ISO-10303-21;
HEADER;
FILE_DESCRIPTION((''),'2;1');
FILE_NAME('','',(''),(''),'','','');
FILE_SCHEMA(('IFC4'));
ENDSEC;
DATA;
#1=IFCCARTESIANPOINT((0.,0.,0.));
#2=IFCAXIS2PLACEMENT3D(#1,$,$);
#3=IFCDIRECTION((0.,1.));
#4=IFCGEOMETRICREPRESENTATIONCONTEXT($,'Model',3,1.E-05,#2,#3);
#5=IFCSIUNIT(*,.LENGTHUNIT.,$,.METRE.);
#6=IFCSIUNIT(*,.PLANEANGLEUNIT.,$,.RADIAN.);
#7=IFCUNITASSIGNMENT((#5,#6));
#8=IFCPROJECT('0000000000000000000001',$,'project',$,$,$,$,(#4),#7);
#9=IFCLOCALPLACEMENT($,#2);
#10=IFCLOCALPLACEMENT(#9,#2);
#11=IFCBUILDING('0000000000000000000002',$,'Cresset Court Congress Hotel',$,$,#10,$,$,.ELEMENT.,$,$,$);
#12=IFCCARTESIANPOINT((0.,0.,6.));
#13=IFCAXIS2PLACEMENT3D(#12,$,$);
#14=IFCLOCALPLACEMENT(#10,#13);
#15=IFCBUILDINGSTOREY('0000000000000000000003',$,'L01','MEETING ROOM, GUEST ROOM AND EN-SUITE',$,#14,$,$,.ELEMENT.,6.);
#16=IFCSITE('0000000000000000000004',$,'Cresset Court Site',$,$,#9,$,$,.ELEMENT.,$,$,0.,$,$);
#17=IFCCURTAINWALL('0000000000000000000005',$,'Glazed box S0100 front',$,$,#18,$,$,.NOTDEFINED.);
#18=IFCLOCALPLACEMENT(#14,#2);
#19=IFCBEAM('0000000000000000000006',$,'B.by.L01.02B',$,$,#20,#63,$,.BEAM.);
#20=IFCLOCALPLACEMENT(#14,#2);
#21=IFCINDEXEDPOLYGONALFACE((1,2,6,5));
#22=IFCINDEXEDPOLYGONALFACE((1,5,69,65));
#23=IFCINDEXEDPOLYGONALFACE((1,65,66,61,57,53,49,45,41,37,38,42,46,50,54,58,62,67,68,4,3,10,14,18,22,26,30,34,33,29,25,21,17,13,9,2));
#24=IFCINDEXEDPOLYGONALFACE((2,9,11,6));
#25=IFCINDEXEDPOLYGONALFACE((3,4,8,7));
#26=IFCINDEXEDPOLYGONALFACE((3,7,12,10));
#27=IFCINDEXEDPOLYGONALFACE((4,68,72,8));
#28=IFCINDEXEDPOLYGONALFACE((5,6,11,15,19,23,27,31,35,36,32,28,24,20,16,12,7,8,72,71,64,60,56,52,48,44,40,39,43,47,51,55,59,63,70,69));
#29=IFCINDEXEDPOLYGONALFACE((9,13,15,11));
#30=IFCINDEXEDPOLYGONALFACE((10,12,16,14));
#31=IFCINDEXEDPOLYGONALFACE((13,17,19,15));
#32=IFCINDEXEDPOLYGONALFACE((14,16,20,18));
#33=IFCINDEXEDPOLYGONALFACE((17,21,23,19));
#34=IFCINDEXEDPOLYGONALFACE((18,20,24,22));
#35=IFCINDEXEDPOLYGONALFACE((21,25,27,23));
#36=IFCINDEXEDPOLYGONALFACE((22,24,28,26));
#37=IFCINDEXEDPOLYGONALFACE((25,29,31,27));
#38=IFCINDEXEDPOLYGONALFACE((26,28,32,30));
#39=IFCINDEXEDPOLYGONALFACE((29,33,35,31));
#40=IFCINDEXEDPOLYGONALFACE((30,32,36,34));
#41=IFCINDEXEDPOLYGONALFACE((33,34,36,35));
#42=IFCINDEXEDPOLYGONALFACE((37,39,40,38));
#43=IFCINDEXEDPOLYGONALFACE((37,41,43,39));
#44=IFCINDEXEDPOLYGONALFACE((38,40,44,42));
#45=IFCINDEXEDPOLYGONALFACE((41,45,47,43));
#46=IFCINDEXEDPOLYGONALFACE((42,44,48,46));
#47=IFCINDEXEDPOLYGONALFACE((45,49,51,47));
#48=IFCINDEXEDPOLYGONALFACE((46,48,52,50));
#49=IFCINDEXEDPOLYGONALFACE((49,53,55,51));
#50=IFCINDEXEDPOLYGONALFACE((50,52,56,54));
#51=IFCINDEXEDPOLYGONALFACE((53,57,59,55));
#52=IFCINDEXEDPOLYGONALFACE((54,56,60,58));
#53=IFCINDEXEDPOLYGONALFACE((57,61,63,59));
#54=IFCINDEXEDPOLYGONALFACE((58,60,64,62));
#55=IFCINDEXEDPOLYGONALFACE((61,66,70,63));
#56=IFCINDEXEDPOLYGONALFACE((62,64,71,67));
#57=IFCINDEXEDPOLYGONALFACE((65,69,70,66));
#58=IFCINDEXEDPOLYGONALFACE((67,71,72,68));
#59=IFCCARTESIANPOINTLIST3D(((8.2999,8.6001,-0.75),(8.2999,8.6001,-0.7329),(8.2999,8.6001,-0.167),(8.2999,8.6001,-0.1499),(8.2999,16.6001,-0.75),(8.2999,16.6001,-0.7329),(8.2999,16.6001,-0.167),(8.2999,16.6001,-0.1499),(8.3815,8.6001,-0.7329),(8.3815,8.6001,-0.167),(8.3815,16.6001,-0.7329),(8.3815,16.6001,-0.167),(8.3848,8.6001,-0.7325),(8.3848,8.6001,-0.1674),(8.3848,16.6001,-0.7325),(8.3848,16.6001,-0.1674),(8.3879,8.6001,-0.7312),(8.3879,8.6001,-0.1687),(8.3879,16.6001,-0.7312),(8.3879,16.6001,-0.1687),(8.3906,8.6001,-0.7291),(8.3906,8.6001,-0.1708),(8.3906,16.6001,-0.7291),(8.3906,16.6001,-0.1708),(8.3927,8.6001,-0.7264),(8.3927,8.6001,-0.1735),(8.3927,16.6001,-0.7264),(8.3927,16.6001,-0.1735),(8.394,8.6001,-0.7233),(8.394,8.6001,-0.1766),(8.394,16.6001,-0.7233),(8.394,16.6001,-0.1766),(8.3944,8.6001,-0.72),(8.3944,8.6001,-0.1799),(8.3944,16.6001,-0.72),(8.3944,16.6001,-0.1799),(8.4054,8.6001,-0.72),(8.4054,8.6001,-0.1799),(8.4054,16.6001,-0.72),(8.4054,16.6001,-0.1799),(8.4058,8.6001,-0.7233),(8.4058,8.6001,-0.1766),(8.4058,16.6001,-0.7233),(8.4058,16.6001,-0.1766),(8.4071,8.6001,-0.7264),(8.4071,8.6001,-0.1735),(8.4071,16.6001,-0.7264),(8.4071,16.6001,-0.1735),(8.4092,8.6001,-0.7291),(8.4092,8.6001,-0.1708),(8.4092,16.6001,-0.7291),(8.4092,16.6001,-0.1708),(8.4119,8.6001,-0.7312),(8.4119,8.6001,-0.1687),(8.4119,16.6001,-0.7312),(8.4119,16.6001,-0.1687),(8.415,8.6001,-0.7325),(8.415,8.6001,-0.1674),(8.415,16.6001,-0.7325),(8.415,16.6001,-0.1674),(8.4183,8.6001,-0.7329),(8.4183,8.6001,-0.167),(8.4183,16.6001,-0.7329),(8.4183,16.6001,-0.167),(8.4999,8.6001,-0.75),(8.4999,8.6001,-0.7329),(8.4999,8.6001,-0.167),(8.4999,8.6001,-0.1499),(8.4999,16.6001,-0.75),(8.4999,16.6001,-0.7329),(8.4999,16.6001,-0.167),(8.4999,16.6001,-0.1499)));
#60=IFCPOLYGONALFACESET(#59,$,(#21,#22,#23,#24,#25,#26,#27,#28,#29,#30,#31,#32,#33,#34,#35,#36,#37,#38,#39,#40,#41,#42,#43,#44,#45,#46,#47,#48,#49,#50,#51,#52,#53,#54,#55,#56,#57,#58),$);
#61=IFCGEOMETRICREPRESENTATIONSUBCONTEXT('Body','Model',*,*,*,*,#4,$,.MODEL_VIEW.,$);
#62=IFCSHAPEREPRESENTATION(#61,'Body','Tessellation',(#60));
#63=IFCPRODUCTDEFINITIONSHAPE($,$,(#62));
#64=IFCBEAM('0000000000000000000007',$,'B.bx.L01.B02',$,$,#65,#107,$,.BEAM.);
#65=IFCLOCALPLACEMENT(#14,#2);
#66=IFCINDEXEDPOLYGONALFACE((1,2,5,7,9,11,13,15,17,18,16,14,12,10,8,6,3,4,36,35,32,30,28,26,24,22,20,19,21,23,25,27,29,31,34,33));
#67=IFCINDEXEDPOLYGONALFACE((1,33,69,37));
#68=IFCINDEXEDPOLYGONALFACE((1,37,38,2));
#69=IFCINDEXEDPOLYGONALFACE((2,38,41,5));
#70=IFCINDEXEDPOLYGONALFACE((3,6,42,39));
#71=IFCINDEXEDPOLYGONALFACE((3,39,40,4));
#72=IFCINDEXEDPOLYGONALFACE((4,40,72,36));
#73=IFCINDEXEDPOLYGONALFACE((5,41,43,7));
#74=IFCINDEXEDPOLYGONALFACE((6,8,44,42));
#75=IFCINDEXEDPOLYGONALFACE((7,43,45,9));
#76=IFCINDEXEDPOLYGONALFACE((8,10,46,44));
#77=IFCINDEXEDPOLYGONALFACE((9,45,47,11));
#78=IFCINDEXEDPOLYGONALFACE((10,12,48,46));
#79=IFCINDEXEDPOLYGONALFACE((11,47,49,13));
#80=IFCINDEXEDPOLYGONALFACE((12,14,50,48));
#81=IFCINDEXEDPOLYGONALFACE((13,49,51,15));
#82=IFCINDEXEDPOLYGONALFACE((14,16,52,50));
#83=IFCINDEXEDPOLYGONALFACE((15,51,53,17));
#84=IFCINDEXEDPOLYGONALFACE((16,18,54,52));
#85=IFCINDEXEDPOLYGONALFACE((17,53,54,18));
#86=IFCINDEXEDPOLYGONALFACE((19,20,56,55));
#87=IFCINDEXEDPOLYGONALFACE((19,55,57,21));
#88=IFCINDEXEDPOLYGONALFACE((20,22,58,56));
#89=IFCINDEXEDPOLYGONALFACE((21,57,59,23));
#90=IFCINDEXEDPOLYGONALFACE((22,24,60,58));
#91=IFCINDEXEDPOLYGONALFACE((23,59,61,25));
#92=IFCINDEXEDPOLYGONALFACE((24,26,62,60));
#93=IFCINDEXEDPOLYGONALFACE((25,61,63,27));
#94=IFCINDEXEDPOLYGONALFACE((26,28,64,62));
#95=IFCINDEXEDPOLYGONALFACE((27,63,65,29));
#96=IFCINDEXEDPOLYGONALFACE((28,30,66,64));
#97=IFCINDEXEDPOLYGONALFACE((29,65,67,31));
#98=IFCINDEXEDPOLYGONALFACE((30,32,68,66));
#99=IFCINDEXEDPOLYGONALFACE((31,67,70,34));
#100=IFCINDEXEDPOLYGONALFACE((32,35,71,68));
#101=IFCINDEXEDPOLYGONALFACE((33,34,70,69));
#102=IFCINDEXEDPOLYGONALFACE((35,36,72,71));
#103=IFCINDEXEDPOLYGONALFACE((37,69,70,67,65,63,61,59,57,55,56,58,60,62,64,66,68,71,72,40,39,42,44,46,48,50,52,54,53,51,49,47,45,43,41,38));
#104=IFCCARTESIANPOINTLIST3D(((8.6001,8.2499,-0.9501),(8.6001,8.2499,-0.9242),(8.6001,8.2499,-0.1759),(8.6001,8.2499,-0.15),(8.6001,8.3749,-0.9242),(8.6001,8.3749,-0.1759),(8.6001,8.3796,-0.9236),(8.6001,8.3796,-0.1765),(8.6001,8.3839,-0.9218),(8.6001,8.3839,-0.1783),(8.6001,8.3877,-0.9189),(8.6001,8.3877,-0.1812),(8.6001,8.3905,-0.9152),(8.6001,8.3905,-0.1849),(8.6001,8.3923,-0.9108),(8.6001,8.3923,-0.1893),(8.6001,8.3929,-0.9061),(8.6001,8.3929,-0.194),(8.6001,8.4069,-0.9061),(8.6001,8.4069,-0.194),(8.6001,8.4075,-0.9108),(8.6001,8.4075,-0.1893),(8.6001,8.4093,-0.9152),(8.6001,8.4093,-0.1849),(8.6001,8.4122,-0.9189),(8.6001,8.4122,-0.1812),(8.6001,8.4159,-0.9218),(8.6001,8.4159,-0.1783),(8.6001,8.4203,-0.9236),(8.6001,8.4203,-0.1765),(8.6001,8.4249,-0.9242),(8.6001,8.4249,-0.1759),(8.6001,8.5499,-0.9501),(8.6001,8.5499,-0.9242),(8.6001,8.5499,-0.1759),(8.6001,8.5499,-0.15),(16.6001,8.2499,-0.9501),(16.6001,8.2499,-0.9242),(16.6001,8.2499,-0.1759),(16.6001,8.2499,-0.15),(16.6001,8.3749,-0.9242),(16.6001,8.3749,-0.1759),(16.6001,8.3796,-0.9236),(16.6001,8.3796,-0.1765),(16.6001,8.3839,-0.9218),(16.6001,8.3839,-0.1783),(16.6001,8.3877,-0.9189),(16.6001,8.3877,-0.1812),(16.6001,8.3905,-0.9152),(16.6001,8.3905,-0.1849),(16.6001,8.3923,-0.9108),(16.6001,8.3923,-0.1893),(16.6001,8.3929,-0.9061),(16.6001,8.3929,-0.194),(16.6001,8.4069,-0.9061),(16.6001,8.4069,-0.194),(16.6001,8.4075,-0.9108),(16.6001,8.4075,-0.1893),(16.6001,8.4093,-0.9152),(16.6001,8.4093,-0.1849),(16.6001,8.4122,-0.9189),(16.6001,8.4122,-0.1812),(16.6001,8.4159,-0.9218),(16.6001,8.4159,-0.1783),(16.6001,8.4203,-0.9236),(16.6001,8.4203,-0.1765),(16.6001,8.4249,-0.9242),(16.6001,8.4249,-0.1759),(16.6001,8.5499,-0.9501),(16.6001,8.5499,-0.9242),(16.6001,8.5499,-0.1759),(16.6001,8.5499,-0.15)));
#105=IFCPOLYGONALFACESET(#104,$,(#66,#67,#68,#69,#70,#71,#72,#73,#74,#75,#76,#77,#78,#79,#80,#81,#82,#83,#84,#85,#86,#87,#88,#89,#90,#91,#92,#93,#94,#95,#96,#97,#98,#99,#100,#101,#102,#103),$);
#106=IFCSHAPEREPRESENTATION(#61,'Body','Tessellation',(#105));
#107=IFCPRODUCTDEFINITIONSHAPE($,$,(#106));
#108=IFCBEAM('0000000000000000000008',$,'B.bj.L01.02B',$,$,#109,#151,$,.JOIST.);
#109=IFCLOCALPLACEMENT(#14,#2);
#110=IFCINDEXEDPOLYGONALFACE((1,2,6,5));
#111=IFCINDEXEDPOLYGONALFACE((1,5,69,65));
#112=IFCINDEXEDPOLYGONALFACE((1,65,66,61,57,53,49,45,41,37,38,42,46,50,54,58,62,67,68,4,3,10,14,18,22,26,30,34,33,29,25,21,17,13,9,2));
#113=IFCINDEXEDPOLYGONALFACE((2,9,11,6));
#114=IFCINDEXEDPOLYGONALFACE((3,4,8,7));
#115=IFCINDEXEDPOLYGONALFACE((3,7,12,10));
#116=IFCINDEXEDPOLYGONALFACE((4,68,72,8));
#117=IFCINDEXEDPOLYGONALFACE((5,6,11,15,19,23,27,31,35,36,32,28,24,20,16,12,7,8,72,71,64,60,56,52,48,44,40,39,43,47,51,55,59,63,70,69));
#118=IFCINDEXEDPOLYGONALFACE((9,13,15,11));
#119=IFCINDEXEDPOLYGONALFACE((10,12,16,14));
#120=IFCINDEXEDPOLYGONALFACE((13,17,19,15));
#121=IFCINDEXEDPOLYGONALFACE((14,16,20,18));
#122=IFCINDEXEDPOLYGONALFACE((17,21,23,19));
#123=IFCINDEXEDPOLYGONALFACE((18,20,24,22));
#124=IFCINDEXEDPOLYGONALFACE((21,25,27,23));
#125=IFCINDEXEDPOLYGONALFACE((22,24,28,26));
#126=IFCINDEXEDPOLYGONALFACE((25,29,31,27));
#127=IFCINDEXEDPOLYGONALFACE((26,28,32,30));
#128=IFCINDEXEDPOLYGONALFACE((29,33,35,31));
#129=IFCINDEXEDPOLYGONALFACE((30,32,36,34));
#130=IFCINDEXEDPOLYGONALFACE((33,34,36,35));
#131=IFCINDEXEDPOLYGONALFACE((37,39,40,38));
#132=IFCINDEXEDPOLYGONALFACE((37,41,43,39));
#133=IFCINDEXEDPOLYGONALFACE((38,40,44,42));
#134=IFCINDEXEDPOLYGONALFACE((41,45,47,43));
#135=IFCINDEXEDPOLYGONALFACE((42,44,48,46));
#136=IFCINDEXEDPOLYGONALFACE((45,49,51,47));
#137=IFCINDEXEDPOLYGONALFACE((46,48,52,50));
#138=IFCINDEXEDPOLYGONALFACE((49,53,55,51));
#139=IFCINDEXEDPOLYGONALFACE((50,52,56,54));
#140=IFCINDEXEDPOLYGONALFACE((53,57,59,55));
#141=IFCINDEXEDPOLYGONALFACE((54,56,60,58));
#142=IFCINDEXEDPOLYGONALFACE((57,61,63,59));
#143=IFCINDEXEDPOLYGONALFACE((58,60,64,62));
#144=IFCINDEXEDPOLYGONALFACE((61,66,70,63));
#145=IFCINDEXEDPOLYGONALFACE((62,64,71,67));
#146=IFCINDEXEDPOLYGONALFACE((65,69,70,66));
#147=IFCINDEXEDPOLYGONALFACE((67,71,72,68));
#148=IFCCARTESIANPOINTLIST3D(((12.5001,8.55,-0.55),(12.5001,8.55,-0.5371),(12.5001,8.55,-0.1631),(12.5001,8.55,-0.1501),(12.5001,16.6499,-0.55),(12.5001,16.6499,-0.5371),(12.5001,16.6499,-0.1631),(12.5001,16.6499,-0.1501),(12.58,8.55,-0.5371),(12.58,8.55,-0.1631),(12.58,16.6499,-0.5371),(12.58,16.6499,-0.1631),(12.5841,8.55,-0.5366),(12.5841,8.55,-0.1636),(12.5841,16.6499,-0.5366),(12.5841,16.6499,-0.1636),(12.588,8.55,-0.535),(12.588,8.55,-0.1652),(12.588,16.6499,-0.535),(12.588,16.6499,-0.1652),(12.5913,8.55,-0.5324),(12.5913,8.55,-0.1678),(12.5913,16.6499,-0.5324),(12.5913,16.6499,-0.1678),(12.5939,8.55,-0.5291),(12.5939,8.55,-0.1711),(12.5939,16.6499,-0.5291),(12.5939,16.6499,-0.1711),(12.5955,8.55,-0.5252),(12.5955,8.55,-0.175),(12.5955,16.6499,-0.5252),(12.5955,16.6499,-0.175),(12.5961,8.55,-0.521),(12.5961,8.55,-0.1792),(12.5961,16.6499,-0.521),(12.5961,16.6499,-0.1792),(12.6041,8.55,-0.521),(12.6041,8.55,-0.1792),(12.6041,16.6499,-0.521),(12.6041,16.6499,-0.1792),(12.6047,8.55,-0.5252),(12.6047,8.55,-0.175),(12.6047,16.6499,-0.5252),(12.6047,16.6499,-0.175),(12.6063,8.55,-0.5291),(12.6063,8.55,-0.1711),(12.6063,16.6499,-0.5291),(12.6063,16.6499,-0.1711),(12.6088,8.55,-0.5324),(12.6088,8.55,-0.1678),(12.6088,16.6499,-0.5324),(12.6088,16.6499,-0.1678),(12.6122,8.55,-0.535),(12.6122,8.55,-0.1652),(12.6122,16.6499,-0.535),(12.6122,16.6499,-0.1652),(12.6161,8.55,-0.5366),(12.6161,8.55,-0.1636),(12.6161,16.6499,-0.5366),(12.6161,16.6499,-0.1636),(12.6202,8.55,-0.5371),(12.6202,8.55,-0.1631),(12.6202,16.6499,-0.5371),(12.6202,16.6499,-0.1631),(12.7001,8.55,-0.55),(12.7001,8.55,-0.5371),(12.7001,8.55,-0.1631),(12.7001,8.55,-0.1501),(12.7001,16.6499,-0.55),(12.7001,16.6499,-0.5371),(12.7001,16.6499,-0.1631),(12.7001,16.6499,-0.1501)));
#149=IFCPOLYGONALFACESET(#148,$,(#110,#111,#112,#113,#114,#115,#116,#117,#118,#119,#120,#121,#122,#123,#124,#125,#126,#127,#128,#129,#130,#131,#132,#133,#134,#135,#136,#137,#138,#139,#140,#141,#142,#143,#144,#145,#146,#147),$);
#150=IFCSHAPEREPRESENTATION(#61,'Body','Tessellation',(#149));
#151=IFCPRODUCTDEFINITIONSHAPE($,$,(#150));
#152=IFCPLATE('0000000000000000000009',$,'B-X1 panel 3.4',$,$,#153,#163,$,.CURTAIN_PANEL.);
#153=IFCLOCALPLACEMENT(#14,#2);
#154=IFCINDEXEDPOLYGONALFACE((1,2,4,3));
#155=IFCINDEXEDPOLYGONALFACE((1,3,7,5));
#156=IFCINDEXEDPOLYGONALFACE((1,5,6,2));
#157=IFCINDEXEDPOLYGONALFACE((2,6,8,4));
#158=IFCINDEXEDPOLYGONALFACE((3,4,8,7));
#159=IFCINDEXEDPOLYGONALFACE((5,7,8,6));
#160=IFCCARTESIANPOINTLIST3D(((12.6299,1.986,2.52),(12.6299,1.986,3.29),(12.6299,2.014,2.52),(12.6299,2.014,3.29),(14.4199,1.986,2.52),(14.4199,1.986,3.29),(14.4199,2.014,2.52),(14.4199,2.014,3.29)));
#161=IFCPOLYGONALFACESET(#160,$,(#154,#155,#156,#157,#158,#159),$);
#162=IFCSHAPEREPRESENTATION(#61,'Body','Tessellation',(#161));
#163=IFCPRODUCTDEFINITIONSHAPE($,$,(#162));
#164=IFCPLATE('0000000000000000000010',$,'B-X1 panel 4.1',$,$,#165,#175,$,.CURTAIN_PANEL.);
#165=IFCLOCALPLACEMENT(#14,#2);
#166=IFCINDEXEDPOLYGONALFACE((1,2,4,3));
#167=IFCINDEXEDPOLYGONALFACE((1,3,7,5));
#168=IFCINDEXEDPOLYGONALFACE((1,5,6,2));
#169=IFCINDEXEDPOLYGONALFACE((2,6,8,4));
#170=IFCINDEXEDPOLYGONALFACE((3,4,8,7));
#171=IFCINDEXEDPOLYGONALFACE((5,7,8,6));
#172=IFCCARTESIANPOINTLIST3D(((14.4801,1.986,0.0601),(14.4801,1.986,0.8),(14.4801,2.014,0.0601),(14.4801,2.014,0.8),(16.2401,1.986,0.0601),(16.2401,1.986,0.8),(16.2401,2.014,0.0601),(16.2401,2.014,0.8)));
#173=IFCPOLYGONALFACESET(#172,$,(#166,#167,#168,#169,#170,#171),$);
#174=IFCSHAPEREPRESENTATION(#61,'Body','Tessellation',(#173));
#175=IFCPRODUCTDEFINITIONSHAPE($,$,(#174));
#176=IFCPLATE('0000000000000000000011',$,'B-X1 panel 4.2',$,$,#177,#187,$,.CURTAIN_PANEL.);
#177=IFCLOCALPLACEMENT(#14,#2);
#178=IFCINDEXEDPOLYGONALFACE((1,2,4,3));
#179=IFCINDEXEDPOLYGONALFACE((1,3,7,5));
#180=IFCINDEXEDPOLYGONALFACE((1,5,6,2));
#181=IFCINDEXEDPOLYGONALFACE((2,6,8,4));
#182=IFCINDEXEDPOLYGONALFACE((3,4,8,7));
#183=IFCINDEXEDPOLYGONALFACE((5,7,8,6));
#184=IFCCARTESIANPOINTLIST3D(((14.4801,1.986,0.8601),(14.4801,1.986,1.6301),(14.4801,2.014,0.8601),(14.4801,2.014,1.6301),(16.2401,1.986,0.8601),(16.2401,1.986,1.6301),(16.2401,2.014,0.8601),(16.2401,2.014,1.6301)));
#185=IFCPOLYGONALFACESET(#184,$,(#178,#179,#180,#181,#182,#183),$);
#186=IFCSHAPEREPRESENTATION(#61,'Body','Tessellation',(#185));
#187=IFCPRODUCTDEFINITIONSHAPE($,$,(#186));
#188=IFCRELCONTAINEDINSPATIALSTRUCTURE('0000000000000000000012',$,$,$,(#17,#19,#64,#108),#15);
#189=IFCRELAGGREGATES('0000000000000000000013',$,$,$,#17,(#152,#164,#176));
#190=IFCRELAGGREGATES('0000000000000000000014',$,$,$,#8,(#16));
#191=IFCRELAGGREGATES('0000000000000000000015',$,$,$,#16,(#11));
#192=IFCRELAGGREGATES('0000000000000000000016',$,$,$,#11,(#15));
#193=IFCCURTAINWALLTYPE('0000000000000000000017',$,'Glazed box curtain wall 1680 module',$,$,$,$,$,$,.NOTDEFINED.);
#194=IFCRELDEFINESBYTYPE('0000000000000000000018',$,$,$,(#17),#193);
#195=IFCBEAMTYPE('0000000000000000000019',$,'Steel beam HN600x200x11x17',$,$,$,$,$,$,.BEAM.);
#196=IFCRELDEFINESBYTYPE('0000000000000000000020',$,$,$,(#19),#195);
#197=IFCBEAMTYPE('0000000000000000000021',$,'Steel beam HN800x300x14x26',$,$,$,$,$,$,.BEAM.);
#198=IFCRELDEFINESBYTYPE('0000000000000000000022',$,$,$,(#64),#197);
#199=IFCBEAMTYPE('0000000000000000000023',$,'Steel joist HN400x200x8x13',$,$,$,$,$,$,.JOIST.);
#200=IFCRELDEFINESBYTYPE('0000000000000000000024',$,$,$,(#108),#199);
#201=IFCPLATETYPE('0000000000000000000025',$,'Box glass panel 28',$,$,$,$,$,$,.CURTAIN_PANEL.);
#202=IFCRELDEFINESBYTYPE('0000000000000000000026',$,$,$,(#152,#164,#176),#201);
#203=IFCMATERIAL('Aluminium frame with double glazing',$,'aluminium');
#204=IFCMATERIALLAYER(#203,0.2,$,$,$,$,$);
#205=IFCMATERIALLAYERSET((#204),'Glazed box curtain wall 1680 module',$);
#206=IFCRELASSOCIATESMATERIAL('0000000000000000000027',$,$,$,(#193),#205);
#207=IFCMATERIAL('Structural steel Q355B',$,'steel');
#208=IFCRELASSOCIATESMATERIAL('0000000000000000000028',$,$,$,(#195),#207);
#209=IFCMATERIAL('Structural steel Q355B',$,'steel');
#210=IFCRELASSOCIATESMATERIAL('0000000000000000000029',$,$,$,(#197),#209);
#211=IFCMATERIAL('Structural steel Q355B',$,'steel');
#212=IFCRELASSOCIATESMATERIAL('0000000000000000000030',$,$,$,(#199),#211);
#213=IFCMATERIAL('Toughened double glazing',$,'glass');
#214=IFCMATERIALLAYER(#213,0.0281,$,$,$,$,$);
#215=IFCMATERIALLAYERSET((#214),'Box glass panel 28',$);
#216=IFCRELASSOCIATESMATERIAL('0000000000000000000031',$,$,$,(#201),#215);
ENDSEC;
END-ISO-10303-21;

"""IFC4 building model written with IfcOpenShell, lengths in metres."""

from ifc_helpers import new_model, si_unit, direction, frame, origin, origin_2d, place, context, subcontext, project, spatial, rectangle, i_section, extrude, material, layer, layer_set, material_profile, profile_set, type_object, element, aggregate, save


model = new_model("IFC4")

# Units and contexts
model_context = context("Model", 3, precision=1e-05, world=origin(), true_north=direction((0.0, 1.0)))
body_context = subcontext(model_context, "Body", "Model", "MODEL_VIEW")
ifc_project = project(units=[si_unit("LENGTHUNIT", "METRE"), si_unit("PLANEANGLEUNIT", "RADIAN")], contexts=[model_context])

# Site, building, storey
site_placement = place(None, origin())
site = spatial("IfcSite", under=ifc_project, at=site_placement, Name="Cresset Court Site", CompositionType="ELEMENT", RefElevation=0.0)
building_placement = place(site_placement, origin())
building = spatial("IfcBuilding", under=site, at=building_placement, Name="Cresset Court Congress Hotel", CompositionType="ELEMENT")
storey_placement = place(building_placement, frame((0.0, 0.0, 6.0)))
storey = spatial("IfcBuildingStorey", under=building, at=storey_placement, Name="L01", Description="MEETING ROOM, GUEST ROOM AND EN-SUITE", CompositionType="ELEMENT", Elevation=6.0)

# Curtain wall
ifc_material_1 = material(Name="Aluminium frame with double glazing", Category="aluminium")
ifc_layer_1 = layer(ifc_material_1, 0.2)
ifc_layer_set_1 = layer_set([ifc_layer_1], Name="Glazed box curtain wall 1680 module")
curtain_wall_type = type_object("IfcCurtainWallType", Name="Glazed box curtain wall 1680 module", PredefinedType="NOTDEFINED", material=ifc_layer_set_1)
curtain_wall_1_placement = place(storey_placement, origin())
curtain_wall_1 = element("IfcCurtainWall", 1, at=curtain_wall_1_placement, inside=storey, type_object=curtain_wall_type, Name="Glazed box S0100 front", PredefinedType="NOTDEFINED")

# Beams
ifc_material_2 = material(Name="Structural steel Q355B", Category="steel")
ifc_material_profile_1 = material_profile(ifc_material_2, i_section(OverallWidth=0.2, OverallDepth=0.6001, WebThickness=0.011, FlangeThickness=0.0171, FilletRadius=0.0129, at=origin_2d()), Name="HN600x200x11x17")
ifc_profile_set_1 = profile_set([ifc_material_profile_1], Name="Structural steel Q355B")
beam_type_1 = type_object("IfcBeamType", Name="Steel beam HN600x200x11x17", PredefinedType="BEAM", material=ifc_profile_set_1)
beam_1_placement = place(storey_placement, frame((8.3999, 8.6001, -0.45), z_axis=(0.0, 1.0, 0.0), x_axis=(-1.0, 0.0, 0.0)))
element("IfcBeam", 2, at=beam_1_placement, inside=storey, type_object=beam_type_1, Name="B.by.L01.02B", PredefinedType="BEAM", context=body_context, shape_type="SweptSolid", body=[
    extrude(i_section(OverallWidth=0.2, OverallDepth=0.6001, WebThickness=0.011, FlangeThickness=0.0171, FilletRadius=0.0129, at=origin_2d()), origin(), (0.0, 0.0, 1.0), 8.0),
])
ifc_material_3 = material(Name="Structural steel Q355B", Category="steel")
ifc_material_profile_2 = material_profile(ifc_material_3, i_section(OverallWidth=0.3, OverallDepth=0.8, WebThickness=0.0139, FlangeThickness=0.0259, FilletRadius=0.0181, at=origin_2d()), Name="HN800x300x14x26")
ifc_profile_set_2 = profile_set([ifc_material_profile_2], Name="Structural steel Q355B")
beam_type_2 = type_object("IfcBeamType", Name="Steel beam HN800x300x14x26", PredefinedType="BEAM", material=ifc_profile_set_2)
beam_2_placement = place(storey_placement, frame((8.6001, 8.3999, -0.55), z_axis=(1.0, 0.0, 0.0), x_axis=(0.0, 1.0, 0.0)))
element("IfcBeam", 3, at=beam_2_placement, inside=storey, type_object=beam_type_2, Name="B.bx.L01.B02", PredefinedType="BEAM", context=body_context, shape_type="SweptSolid", body=[
    extrude(i_section(OverallWidth=0.3, OverallDepth=0.8, WebThickness=0.0139, FlangeThickness=0.0259, FilletRadius=0.0181, at=origin_2d()), origin(), (0.0, 0.0, 1.0), 8.0),
])
ifc_material_4 = material(Name="Structural steel Q355B", Category="steel")
ifc_material_profile_3 = material_profile(ifc_material_4, i_section(OverallWidth=0.2, OverallDepth=0.3999, WebThickness=0.0081, FlangeThickness=0.0129, FilletRadius=0.0161, at=origin_2d()), Name="HN400x200x8x13")
ifc_profile_set_3 = profile_set([ifc_material_profile_3], Name="Structural steel Q355B")
beam_type_3 = type_object("IfcBeamType", Name="Steel joist HN400x200x8x13", PredefinedType="JOIST", material=ifc_profile_set_3)
beam_3_placement = place(storey_placement, frame((12.6001, 8.55, -0.3501), z_axis=(0.0, 1.0, 0.0), x_axis=(-1.0, 0.0, 0.0)))
element("IfcBeam", 4, at=beam_3_placement, inside=storey, type_object=beam_type_3, Name="B.bj.L01.02B", PredefinedType="JOIST", context=body_context, shape_type="SweptSolid", body=[
    extrude(i_section(OverallWidth=0.2, OverallDepth=0.3999, WebThickness=0.0081, FlangeThickness=0.0129, FilletRadius=0.0161, at=origin_2d()), origin(), (0.0, 0.0, 1.0), 8.0999),
])

# Plates
ifc_material_5 = material(Name="Toughened double glazing", Category="glass")
ifc_layer_2 = layer(ifc_material_5, 0.0281)
ifc_layer_set_2 = layer_set([ifc_layer_2], Name="Box glass panel 28")
plate_type_1 = type_object("IfcPlateType", Name="Box glass panel 28", PredefinedType="CURTAIN_PANEL", material=ifc_layer_set_2)
plate_1_placement = place(storey_placement, frame((13.5249, 2.0, 2.52), z_axis=(0.0, 0.0, 1.0), x_axis=(1.0, 0.0, 0.0)))
plate_1 = element("IfcPlate", 5, at=plate_1_placement, type_object=plate_type_1, Name="B-X1 panel 3.4", PredefinedType="CURTAIN_PANEL", context=body_context, shape_type="SweptSolid", body=[
    extrude(rectangle(XDim=1.79, YDim=0.0281, at=origin_2d()), origin(), (0.0, 0.0, 1.0), 0.77),
])
plate_2_placement = place(storey_placement, frame((15.3601, 2.0, 0.0601), z_axis=(0.0, 0.0, 1.0), x_axis=(1.0, 0.0, 0.0)))
plate_2 = element("IfcPlate", 6, at=plate_2_placement, type_object=plate_type_1, Name="B-X1 panel 4.1", PredefinedType="CURTAIN_PANEL", context=body_context, shape_type="SweptSolid", body=[
    extrude(rectangle(XDim=1.76, YDim=0.0281, at=origin_2d()), origin(), (0.0, 0.0, 1.0), 0.74),
])
plate_3_placement = place(storey_placement, frame((15.3601, 2.0, 0.8601), z_axis=(0.0, 0.0, 1.0), x_axis=(1.0, 0.0, 0.0)))
plate_3 = element("IfcPlate", 7, at=plate_3_placement, type_object=plate_type_1, Name="B-X1 panel 4.2", PredefinedType="CURTAIN_PANEL", context=body_context, shape_type="SweptSolid", body=[
    extrude(rectangle(XDim=1.76, YDim=0.0281, at=origin_2d()), origin(), (0.0, 0.0, 1.0), 0.77),
])

aggregate(curtain_wall_1, [plate_1, plate_2, plate_3])

save(model, "model.ifc")
